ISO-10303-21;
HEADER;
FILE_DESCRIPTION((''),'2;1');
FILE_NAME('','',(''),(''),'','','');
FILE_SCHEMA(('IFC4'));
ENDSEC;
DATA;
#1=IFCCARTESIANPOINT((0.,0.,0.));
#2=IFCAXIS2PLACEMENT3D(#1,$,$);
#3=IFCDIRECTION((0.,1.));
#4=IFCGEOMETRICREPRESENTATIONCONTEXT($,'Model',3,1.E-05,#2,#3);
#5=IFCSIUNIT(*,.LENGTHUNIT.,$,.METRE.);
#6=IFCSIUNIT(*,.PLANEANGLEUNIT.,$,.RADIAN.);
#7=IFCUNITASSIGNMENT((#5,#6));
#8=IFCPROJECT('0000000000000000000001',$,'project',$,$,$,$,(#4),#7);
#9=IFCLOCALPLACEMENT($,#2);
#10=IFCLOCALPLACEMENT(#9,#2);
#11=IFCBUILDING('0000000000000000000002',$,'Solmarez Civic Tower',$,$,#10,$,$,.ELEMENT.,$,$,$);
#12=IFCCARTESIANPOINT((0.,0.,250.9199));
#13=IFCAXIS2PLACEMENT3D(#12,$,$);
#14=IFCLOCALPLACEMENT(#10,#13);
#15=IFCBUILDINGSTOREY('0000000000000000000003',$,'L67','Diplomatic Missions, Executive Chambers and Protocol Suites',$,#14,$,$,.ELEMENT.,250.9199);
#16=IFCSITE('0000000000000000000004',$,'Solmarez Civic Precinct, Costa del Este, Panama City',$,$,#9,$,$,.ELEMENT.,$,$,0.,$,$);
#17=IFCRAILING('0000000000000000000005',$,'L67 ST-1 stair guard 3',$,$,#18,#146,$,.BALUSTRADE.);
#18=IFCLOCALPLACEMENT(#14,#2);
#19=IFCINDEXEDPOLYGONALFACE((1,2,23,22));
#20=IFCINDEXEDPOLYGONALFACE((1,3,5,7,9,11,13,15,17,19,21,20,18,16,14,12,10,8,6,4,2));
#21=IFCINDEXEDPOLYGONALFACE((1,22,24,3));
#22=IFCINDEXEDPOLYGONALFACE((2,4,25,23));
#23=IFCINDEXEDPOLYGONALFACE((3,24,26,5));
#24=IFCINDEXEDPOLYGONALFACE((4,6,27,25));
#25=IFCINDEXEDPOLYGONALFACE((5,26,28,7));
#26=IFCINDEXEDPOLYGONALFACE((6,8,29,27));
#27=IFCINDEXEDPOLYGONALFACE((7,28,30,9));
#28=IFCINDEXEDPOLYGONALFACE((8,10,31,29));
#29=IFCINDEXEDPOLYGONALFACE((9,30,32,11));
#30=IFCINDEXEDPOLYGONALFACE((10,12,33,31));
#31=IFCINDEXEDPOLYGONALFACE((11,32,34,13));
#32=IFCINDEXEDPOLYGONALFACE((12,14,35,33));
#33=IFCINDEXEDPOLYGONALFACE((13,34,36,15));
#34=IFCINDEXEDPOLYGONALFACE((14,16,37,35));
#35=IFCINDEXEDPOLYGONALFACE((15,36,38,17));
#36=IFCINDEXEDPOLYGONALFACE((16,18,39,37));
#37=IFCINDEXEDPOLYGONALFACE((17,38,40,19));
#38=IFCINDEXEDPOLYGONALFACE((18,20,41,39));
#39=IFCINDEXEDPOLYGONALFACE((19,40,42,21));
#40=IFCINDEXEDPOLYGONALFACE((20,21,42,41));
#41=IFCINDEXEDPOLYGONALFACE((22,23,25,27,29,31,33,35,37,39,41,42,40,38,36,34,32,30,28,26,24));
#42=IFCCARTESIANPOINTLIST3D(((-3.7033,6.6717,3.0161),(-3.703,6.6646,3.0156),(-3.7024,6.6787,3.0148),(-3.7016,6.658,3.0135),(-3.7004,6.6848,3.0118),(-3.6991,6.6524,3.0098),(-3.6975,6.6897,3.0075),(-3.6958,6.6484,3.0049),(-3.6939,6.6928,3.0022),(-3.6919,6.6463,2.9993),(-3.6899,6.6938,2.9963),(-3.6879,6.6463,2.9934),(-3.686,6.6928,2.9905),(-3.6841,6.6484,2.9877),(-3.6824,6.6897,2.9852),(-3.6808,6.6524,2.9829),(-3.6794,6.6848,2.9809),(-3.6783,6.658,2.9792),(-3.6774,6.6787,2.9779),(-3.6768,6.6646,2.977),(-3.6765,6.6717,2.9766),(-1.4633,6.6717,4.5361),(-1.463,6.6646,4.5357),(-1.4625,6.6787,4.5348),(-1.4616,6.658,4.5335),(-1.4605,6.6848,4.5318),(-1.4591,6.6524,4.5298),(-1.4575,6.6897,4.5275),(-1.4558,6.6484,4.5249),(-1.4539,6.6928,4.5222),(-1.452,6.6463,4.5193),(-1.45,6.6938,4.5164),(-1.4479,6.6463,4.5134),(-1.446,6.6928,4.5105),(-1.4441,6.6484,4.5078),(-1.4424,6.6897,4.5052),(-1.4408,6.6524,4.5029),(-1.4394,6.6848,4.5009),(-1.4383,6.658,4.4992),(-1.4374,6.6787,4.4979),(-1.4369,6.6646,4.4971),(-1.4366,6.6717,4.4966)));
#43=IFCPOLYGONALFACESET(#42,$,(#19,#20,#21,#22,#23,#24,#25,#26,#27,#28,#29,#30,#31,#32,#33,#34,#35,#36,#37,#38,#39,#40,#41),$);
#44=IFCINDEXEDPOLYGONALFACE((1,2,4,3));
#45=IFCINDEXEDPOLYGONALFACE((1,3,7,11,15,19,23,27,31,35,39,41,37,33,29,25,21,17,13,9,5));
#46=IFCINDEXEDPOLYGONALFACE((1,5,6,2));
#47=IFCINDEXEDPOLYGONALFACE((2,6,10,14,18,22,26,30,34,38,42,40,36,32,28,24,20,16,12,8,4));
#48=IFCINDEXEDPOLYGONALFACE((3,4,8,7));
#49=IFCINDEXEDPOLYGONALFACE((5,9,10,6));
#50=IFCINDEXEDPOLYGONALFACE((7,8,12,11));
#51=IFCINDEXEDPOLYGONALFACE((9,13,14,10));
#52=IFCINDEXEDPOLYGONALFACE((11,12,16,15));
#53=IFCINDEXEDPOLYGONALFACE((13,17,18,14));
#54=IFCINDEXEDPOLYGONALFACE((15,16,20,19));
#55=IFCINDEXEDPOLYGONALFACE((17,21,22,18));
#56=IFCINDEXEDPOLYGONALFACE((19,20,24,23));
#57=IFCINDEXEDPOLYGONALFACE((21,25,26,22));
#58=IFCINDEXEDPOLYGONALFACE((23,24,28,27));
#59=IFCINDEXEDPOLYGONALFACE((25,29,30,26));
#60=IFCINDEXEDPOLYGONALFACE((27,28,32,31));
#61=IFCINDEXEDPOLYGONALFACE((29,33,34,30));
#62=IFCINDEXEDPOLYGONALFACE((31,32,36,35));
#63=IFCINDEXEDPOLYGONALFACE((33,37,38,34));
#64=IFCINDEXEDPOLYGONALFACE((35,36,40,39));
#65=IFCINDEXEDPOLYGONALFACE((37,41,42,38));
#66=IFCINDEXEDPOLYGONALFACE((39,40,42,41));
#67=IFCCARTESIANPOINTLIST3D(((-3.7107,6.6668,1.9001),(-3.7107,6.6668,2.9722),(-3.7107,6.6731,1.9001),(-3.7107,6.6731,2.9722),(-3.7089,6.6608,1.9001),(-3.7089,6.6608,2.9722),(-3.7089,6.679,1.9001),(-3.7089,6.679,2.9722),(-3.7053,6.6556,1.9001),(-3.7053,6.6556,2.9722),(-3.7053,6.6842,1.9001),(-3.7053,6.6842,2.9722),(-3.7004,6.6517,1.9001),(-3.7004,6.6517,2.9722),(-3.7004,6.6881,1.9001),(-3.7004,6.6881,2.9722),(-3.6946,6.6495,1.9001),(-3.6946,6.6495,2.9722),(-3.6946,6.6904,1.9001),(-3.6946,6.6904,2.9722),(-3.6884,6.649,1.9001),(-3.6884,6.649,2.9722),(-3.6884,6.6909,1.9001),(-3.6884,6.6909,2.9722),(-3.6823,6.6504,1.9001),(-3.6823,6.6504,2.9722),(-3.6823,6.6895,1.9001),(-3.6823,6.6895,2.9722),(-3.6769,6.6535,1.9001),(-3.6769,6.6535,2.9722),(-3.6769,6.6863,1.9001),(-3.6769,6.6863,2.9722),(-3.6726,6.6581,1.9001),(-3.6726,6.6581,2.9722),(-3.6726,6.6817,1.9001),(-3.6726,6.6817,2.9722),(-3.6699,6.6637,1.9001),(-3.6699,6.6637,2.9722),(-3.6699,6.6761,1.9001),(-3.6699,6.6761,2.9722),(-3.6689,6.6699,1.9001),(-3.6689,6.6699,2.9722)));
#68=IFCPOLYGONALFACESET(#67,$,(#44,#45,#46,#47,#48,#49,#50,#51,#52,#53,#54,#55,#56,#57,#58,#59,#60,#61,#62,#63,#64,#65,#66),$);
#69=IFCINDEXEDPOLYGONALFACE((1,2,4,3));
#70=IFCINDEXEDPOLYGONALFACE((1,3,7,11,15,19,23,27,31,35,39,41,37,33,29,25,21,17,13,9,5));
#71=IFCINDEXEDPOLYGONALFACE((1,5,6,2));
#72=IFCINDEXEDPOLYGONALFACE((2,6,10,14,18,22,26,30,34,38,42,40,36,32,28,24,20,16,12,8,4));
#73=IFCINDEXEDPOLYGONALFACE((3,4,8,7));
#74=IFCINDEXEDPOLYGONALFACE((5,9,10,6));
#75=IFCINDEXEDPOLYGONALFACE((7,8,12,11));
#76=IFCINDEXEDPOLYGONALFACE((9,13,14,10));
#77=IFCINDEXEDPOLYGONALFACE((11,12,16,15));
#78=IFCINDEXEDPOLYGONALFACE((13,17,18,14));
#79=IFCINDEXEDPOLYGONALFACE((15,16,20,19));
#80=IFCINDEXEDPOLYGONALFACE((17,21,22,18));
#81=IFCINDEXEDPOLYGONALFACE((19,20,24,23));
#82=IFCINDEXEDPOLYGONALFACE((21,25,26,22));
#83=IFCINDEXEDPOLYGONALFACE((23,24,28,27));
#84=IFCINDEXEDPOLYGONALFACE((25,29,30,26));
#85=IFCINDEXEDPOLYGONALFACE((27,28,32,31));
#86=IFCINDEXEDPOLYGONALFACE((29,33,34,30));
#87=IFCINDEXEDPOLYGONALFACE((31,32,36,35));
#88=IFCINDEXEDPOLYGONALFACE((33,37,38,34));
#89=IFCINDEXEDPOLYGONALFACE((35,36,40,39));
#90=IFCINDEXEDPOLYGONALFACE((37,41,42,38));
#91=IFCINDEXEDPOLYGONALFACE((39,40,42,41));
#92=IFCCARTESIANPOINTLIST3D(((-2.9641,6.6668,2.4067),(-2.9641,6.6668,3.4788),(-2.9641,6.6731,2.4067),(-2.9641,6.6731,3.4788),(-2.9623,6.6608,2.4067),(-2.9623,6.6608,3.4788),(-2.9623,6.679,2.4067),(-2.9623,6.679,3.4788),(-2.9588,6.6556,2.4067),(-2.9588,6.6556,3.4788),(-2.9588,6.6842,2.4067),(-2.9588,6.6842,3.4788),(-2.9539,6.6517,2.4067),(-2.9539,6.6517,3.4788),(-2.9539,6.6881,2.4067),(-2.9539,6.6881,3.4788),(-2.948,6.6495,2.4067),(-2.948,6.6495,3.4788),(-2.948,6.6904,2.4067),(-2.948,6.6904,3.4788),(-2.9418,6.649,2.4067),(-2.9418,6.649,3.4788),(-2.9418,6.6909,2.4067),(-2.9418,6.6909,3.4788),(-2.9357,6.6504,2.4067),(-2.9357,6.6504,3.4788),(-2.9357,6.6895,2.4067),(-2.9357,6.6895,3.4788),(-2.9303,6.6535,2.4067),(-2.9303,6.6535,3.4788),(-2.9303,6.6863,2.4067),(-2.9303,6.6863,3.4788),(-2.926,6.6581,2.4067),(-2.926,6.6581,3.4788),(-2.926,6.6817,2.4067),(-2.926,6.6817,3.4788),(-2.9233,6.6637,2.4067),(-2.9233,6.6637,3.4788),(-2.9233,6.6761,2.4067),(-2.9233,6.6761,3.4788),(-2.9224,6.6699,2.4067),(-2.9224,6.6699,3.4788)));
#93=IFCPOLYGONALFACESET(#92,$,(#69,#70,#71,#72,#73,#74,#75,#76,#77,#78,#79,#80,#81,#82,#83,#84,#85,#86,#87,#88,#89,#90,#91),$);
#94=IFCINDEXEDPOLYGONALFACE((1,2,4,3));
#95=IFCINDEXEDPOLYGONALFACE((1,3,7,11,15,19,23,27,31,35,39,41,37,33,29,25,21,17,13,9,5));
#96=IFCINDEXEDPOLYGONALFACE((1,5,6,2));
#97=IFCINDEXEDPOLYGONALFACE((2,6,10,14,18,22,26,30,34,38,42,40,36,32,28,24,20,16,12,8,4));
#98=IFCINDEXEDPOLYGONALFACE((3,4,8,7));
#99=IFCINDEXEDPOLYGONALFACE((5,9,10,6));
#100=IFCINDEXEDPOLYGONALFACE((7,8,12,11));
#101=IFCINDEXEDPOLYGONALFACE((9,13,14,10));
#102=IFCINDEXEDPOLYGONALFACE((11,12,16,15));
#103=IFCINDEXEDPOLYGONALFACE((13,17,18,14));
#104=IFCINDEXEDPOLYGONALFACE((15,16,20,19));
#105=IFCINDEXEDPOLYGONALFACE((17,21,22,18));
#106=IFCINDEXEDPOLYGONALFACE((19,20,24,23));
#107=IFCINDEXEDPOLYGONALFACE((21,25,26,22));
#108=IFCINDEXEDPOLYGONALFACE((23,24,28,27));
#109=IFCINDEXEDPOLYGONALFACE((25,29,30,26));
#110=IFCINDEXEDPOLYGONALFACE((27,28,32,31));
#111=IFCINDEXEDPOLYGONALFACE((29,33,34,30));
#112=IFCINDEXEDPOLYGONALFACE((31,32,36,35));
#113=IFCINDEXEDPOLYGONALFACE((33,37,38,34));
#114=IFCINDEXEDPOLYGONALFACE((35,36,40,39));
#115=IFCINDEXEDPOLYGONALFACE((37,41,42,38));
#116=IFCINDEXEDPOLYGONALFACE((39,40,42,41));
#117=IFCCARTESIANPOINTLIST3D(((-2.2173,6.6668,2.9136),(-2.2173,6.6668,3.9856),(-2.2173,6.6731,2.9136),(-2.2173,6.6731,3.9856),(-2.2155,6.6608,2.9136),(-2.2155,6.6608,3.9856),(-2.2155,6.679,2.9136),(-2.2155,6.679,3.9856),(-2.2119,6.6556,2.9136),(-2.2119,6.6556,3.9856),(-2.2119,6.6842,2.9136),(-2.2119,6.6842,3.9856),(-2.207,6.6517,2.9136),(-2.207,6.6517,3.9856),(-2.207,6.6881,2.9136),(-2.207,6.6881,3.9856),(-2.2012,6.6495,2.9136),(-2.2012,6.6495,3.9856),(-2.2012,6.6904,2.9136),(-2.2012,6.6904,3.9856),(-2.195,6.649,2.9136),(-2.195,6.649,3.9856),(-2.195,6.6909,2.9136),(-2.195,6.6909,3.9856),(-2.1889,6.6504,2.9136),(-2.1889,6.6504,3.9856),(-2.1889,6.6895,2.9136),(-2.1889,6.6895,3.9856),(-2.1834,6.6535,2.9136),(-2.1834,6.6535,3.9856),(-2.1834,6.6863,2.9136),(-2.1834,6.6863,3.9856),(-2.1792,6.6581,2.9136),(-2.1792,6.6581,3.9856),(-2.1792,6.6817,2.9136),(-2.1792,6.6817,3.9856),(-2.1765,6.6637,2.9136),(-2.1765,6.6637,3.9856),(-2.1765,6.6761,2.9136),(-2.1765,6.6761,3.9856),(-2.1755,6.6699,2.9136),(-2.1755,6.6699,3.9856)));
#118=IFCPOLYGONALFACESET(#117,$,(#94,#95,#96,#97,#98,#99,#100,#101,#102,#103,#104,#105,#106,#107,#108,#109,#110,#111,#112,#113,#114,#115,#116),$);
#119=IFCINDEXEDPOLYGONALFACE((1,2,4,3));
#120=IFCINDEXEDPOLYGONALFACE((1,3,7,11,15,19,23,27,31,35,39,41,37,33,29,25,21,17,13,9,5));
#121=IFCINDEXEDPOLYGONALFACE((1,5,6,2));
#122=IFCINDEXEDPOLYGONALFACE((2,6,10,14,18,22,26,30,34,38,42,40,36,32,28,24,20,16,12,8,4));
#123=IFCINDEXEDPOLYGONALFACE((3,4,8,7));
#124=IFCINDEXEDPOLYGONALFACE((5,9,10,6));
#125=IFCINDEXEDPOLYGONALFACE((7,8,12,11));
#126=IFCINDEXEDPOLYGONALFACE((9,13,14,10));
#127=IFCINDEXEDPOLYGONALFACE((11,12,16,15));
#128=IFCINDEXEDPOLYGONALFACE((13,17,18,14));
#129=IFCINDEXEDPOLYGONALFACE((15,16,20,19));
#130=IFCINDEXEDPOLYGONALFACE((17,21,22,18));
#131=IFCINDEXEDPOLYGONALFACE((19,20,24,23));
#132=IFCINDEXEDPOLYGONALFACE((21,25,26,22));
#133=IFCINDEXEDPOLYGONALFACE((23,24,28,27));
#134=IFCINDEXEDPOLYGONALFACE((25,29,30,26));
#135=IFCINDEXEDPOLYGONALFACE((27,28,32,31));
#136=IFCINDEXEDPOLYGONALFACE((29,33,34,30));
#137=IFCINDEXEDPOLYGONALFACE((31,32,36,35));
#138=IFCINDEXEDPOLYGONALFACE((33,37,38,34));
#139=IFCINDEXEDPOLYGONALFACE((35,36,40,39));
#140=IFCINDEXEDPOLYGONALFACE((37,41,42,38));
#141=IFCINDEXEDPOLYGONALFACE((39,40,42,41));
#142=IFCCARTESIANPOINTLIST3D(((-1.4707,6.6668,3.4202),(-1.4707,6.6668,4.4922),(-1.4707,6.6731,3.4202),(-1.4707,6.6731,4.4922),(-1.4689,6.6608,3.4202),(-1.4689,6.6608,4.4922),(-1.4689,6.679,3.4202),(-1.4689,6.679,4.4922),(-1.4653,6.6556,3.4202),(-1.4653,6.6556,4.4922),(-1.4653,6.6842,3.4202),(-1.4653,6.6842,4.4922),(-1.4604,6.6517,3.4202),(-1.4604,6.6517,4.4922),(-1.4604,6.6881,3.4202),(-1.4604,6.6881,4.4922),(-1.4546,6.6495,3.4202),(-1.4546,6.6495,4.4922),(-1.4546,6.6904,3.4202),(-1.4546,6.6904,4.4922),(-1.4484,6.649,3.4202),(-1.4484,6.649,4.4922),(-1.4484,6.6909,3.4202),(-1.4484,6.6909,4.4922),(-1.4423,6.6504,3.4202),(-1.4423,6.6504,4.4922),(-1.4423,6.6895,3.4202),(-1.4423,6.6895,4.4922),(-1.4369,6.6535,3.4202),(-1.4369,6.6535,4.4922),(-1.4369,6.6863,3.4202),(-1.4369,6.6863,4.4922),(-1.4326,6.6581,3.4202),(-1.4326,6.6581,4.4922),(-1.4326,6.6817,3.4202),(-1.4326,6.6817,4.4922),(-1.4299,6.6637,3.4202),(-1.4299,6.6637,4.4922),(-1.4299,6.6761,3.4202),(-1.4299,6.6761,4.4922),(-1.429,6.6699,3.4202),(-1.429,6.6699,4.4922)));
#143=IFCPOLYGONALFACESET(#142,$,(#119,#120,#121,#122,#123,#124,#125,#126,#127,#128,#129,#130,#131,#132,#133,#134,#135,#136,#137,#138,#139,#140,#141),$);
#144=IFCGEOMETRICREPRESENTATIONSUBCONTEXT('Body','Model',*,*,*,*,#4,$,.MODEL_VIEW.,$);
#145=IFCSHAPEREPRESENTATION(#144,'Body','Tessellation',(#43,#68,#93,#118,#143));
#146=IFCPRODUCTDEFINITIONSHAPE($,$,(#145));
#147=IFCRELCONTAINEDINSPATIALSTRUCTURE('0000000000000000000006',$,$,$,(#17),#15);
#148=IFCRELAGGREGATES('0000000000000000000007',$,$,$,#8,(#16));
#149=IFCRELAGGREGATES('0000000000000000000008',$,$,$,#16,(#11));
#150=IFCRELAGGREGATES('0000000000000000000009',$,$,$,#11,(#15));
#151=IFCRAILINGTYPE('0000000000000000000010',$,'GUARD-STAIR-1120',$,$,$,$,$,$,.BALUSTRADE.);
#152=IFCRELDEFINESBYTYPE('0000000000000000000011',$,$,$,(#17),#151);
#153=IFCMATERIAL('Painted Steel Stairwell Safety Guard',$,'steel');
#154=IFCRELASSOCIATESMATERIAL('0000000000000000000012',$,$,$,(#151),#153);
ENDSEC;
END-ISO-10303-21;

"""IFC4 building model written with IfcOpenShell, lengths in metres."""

from ifc_helpers import new_model, si_unit, direction, frame, origin, origin_2d, place, context, subcontext, project, spatial, circle, extrude, material, type_object, element, save


model = new_model("IFC4")

# Units and contexts
model_context = context("Model", 3, precision=1e-05, world=origin(), true_north=direction((0.0, 1.0)))
body_context = subcontext(model_context, "Body", "Model", "MODEL_VIEW")
ifc_project = project(units=[si_unit("LENGTHUNIT", "METRE"), si_unit("PLANEANGLEUNIT", "RADIAN")], contexts=[model_context])

# Site, building, storey
site_placement = place(None, origin())
site = spatial("IfcSite", under=ifc_project, at=site_placement, Name="Solmarez Civic Precinct, Costa del Este, Panama City", CompositionType="ELEMENT", RefElevation=0.0)
building_placement = place(site_placement, origin())
building = spatial("IfcBuilding", under=site, at=building_placement, Name="Solmarez Civic Tower", CompositionType="ELEMENT")
storey_placement = place(building_placement, frame((0.0, 0.0, 250.9199)))
storey = spatial("IfcBuildingStorey", under=building, at=storey_placement, Name="L67", Description="Diplomatic Missions, Executive Chambers and Protocol Suites", CompositionType="ELEMENT", Elevation=250.9199)

# Railing
ifc_material_1 = material(Name="Painted Steel Stairwell Safety Guard", Category="steel")
railing_type_1 = type_object("IfcRailingType", Name="GUARD-STAIR-1120", PredefinedType="BALUSTRADE", material=ifc_material_1)
railing_1_placement = place(storey_placement, frame((-3.6899, 6.6699, 1.9001)))
element("IfcRailing", 1, at=railing_1_placement, inside=storey, type_object=railing_type_1, Name="L67 ST-1 stair guard 3", PredefinedType="BALUSTRADE", context=body_context, shape_type="SweptSolid", body=[
    extrude(circle(Radius=0.0239, at=origin_2d()), frame((0.0, 0.0, 1.0962), z_axis=(0.827471, 0.0, 0.561508), x_axis=(0.0, 1.0, 0.0)), (0.0, 0.0, 1.0), 2.707),
    extrude(circle(Radius=0.021, at=origin_2d()), origin(), (0.0, 0.0, 1.0), 1.072),
    extrude(circle(Radius=0.021, at=origin_2d()), frame((0.7466, 0.0, 0.5066)), (0.0, 0.0, 1.0), 1.072),
    extrude(circle(Radius=0.021, at=origin_2d()), frame((1.4934, 0.0, 1.0134)), (0.0, 0.0, 1.0), 1.072),
    extrude(circle(Radius=0.021, at=origin_2d()), frame((2.24, 0.0, 1.52)), (0.0, 0.0, 1.0), 1.072),
])

save(model, "model.ifc")
